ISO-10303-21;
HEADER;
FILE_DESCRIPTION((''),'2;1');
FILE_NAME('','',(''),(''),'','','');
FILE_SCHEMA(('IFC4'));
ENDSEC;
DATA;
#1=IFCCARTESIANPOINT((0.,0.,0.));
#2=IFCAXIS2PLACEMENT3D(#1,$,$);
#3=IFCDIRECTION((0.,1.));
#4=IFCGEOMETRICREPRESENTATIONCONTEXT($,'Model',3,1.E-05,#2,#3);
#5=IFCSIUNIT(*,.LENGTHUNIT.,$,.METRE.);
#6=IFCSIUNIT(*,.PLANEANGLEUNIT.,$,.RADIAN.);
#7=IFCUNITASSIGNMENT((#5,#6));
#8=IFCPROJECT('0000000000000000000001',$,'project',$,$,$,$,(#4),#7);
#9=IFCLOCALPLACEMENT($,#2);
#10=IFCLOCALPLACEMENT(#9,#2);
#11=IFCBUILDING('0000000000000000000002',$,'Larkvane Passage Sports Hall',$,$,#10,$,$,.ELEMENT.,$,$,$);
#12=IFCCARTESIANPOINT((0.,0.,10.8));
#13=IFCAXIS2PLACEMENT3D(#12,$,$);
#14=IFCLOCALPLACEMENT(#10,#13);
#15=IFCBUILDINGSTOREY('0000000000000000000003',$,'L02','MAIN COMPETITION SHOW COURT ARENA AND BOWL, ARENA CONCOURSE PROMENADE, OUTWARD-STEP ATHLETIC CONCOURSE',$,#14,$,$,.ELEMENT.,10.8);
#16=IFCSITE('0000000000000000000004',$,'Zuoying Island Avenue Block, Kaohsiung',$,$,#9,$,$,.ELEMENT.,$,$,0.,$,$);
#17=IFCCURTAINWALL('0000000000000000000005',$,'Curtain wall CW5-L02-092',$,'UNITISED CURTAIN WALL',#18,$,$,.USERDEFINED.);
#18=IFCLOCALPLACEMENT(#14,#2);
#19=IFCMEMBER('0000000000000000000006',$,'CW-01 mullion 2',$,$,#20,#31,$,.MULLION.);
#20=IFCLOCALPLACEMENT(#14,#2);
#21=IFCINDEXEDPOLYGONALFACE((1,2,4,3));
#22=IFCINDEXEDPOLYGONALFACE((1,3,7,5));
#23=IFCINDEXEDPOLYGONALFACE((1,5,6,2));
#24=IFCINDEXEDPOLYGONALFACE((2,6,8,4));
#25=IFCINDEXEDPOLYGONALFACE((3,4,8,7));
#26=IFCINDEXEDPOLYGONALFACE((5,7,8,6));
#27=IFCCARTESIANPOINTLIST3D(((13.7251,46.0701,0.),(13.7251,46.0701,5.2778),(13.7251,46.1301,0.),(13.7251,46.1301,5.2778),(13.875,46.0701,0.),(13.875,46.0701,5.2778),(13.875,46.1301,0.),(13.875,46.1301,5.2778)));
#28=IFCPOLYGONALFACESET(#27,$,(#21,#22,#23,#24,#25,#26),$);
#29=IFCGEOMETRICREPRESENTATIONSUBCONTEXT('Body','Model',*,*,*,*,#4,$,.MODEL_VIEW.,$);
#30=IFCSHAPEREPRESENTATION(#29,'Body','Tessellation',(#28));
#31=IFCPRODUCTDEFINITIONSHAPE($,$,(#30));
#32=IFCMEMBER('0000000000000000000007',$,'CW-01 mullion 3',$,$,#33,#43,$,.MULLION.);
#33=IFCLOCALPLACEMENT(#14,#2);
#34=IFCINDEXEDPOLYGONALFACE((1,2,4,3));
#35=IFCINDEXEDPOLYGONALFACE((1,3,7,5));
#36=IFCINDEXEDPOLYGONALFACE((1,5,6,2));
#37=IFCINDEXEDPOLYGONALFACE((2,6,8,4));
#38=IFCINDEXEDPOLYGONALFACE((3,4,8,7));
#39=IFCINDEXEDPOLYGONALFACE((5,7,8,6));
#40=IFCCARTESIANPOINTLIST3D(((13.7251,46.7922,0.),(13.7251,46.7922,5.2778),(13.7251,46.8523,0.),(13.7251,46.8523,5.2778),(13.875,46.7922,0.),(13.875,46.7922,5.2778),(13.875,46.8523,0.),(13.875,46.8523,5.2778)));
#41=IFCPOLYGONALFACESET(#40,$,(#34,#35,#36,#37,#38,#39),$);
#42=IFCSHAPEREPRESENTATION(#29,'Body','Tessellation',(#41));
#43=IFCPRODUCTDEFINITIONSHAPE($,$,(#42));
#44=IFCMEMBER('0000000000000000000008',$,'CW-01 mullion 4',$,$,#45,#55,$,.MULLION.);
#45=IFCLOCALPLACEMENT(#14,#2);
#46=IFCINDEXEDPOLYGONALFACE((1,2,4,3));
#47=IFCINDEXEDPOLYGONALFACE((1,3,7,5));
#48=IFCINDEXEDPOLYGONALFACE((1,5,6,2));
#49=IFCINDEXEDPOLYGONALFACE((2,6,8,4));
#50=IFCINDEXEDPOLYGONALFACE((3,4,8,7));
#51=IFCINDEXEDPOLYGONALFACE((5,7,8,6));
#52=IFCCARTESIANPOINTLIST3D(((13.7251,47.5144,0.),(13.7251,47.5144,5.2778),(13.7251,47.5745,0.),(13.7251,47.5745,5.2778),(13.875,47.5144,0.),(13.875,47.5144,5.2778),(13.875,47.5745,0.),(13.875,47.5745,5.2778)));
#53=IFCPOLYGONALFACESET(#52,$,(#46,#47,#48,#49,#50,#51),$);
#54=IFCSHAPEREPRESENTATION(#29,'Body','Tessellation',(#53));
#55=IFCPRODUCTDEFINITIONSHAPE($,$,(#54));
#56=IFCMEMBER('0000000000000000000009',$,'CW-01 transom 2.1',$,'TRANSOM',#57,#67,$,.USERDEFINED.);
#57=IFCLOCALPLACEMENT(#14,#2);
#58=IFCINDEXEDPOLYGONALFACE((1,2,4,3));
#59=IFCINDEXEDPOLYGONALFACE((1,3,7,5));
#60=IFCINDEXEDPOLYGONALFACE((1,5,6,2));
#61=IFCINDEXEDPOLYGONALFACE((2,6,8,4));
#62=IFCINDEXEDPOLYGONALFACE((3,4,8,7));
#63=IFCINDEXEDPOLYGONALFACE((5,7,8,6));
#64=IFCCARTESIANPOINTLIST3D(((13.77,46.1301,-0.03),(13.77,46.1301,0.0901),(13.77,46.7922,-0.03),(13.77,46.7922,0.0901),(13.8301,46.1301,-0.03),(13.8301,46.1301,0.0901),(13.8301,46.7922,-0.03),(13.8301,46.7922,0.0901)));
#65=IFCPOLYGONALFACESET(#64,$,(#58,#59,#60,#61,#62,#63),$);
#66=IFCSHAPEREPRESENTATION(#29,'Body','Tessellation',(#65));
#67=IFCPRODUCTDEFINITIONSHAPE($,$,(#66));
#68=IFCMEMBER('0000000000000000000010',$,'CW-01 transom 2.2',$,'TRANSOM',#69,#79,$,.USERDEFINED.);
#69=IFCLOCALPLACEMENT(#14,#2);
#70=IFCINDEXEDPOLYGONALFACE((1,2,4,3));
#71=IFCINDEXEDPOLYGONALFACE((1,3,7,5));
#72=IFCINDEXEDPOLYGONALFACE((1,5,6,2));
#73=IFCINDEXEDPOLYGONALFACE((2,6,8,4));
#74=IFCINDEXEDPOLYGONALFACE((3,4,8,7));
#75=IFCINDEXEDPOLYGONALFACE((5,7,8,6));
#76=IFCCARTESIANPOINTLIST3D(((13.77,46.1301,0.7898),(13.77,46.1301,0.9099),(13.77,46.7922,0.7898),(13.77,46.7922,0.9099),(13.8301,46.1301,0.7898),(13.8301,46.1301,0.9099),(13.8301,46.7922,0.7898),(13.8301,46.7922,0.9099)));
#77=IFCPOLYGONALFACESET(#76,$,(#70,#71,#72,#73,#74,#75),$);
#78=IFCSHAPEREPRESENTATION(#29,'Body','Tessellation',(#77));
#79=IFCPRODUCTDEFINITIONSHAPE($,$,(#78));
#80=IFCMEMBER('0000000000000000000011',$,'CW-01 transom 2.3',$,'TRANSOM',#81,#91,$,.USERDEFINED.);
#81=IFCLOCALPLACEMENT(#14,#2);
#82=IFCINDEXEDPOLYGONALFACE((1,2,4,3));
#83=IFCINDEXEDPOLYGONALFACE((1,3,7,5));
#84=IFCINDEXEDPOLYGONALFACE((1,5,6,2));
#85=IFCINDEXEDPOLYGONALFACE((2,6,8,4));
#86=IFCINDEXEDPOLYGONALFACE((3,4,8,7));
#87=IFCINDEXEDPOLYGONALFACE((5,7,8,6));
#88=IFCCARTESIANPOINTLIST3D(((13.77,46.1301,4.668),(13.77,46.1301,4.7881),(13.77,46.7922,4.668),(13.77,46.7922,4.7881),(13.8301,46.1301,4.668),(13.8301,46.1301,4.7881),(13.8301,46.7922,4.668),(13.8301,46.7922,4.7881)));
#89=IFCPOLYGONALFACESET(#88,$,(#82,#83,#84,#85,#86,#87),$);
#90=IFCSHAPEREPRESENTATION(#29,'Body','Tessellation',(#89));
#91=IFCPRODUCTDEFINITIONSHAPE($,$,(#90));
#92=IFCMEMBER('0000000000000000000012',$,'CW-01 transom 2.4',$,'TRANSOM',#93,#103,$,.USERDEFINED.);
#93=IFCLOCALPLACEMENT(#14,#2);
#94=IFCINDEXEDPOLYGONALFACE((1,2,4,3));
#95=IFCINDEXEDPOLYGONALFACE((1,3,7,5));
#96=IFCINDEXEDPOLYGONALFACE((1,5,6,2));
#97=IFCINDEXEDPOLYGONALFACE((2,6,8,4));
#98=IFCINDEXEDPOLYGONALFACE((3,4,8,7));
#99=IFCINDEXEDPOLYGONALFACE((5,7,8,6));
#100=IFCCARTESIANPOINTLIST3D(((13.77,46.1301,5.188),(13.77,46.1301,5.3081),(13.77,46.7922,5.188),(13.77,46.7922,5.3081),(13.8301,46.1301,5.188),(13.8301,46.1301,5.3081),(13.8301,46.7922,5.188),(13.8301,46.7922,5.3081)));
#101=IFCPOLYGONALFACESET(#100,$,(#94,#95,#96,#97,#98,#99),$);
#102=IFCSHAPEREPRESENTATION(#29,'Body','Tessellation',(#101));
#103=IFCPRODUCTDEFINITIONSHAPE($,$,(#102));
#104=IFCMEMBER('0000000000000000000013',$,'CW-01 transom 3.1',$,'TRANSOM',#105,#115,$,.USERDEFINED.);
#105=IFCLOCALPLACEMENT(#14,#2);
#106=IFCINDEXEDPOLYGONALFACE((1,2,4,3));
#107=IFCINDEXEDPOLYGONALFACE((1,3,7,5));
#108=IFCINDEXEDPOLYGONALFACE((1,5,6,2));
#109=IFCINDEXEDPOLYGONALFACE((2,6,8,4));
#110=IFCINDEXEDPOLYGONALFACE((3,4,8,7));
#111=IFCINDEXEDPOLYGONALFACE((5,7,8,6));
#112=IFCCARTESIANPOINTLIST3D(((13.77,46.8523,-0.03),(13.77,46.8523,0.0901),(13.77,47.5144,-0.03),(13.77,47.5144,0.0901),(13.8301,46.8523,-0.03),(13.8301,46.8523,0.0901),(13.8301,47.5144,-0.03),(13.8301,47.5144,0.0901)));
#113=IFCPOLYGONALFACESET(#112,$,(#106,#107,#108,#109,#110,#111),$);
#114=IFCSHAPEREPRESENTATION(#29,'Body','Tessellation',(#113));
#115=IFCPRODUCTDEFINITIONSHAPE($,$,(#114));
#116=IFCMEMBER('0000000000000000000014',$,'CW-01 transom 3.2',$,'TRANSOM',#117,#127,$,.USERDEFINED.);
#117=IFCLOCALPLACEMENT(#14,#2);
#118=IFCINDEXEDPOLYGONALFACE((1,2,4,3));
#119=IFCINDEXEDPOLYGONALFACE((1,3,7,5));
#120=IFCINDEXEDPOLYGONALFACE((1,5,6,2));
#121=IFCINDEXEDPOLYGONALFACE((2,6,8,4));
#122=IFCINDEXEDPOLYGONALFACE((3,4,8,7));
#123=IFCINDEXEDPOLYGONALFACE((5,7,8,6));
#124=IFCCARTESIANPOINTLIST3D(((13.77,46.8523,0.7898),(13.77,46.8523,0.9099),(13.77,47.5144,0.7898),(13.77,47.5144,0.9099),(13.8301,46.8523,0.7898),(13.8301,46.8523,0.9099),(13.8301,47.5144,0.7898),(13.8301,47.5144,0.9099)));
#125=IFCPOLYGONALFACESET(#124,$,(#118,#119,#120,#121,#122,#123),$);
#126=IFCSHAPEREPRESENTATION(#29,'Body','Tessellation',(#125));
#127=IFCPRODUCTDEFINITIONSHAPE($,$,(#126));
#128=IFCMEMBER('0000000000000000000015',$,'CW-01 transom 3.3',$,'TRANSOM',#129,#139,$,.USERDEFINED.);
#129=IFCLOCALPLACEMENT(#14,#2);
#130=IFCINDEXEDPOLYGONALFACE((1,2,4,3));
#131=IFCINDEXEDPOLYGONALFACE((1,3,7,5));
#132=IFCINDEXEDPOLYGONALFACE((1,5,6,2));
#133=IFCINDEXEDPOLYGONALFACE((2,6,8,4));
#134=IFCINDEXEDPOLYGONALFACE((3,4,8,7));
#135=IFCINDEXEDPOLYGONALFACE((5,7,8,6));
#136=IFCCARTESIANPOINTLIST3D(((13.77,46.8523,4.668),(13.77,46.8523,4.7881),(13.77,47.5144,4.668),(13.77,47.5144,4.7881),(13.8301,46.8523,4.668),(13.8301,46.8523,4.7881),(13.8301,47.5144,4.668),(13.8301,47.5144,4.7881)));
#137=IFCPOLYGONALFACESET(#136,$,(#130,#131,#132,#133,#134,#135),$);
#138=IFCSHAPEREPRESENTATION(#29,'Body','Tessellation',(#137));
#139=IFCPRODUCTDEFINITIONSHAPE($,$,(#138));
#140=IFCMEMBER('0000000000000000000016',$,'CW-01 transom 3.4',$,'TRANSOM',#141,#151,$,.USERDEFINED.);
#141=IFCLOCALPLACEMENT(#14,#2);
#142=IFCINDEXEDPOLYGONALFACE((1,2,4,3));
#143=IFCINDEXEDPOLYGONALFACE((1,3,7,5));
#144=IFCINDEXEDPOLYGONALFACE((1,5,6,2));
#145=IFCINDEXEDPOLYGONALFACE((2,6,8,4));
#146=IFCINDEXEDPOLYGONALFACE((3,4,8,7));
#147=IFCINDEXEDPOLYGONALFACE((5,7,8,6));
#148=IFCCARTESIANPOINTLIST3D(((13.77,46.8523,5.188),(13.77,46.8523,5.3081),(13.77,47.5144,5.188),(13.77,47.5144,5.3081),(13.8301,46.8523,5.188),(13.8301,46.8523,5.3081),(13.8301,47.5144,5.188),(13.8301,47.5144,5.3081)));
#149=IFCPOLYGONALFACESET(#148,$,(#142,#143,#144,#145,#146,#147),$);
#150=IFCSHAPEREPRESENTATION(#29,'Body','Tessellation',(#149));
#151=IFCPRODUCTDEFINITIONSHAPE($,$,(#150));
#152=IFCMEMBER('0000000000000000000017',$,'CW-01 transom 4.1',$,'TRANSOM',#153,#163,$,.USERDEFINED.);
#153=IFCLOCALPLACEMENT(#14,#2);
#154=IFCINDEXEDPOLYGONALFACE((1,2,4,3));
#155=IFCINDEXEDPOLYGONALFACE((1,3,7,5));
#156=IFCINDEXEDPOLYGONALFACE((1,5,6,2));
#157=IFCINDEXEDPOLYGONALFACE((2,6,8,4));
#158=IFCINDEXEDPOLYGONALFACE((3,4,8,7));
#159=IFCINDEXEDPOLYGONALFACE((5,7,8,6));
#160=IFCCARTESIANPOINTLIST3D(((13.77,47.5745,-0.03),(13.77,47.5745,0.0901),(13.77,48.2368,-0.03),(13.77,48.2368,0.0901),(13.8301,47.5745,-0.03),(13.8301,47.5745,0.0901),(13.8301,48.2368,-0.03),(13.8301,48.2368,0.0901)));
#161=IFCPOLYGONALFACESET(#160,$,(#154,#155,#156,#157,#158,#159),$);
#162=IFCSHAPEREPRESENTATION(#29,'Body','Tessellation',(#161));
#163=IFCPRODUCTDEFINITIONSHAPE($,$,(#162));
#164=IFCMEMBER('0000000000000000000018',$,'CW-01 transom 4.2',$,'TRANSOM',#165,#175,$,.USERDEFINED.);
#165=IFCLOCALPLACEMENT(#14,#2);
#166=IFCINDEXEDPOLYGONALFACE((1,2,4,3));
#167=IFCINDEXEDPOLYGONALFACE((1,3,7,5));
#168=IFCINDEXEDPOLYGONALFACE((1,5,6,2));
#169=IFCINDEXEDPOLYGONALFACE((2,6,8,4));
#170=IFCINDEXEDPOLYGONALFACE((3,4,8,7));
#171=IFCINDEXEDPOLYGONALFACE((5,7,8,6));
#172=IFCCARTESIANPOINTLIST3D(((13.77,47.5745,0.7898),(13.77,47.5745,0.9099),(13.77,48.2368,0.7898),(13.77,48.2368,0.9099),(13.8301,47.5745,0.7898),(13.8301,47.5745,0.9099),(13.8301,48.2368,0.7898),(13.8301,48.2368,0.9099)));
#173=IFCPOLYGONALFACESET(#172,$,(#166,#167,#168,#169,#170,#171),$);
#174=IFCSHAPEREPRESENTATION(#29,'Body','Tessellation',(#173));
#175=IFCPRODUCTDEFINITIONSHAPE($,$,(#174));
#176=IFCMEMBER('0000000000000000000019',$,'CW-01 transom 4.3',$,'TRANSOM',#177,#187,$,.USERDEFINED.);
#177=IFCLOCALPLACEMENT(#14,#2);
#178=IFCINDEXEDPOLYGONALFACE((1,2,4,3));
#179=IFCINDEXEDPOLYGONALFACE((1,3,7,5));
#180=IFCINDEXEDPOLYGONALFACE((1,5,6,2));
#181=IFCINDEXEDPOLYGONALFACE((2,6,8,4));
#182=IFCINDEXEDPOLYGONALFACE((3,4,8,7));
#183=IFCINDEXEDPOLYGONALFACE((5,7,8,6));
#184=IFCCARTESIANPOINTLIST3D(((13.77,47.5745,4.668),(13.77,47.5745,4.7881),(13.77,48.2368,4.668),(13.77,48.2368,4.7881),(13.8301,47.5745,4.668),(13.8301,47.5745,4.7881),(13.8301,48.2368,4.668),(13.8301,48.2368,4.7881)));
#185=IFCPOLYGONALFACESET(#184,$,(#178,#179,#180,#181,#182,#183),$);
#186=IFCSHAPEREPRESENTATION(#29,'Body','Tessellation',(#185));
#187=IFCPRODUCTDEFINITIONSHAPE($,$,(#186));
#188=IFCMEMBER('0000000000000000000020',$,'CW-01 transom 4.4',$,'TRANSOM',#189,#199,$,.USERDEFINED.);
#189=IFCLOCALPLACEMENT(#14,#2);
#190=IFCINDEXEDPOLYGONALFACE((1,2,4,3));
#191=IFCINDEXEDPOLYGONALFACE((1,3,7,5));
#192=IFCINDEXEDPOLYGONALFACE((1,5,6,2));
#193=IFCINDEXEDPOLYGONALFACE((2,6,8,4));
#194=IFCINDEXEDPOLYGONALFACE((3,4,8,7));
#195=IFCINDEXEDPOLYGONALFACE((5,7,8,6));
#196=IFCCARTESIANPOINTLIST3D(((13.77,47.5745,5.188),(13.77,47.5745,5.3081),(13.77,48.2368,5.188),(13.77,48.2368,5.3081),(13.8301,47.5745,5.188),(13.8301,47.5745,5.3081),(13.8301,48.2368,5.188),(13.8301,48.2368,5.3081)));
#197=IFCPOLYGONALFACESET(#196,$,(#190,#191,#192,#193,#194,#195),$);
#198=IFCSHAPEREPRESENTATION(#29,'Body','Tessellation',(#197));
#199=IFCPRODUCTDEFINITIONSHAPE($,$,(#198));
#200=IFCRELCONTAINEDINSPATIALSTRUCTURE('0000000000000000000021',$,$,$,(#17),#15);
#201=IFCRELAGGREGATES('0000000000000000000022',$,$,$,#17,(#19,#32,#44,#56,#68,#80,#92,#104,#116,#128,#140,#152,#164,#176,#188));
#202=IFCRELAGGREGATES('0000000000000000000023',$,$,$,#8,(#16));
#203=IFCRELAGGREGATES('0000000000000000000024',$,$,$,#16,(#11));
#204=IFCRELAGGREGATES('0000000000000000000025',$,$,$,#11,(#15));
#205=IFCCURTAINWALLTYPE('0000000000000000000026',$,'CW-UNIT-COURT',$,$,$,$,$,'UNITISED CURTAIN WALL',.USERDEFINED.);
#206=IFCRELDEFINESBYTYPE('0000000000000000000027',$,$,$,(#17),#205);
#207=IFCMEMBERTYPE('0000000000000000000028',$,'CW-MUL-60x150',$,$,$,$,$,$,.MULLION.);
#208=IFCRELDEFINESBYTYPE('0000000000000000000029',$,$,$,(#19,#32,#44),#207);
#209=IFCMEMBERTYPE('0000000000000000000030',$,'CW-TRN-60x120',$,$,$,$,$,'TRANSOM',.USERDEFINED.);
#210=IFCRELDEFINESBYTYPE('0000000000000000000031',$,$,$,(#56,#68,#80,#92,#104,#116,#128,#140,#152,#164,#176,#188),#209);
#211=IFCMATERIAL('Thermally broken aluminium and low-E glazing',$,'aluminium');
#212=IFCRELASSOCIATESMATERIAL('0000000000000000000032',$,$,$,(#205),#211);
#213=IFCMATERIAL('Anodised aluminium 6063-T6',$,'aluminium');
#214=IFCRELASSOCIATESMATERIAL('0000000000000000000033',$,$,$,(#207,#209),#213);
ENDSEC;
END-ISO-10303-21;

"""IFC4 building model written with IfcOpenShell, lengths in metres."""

from ifc_helpers import new_model, si_unit, direction, frame, origin, origin_2d, place, context, subcontext, project, spatial, rectangle, extrude, material, material_profile, profile_set, type_object, element, aggregate, save


model = new_model("IFC4")

# Units and contexts
model_context = context("Model", 3, precision=1e-05, world=origin(), true_north=direction((0.0, 1.0)))
body_context = subcontext(model_context, "Body", "Model", "MODEL_VIEW")
ifc_project = project(units=[si_unit("LENGTHUNIT", "METRE"), si_unit("PLANEANGLEUNIT", "RADIAN")], contexts=[model_context])

# Site, building, storey
site_placement = place(None, origin())
site = spatial("IfcSite", under=ifc_project, at=site_placement, Name="Zuoying Island Avenue Block, Kaohsiung", CompositionType="ELEMENT", RefElevation=0.0)
building_placement = place(site_placement, origin())
building = spatial("IfcBuilding", under=site, at=building_placement, Name="Larkvane Passage Sports Hall", CompositionType="ELEMENT")
storey_placement = place(building_placement, frame((0.0, 0.0, 10.8)))
storey = spatial("IfcBuildingStorey", under=building, at=storey_placement, Name="L02", Description="MAIN COMPETITION SHOW COURT ARENA AND BOWL, ARENA CONCOURSE PROMENADE, OUTWARD-STEP ATHLETIC CONCOURSE", CompositionType="ELEMENT", Elevation=10.8)

# Curtain wall, members
ifc_material_1 = material(Name="Thermally broken aluminium and low-E glazing", Category="aluminium")
curtain_wall_type = type_object("IfcCurtainWallType", Name="CW-UNIT-COURT", ElementType="UNITISED CURTAIN WALL", PredefinedType="USERDEFINED", material=ifc_material_1)
curtain_wall_placement = place(storey_placement, origin())
curtain_wall = element("IfcCurtainWall", 1, at=curtain_wall_placement, inside=storey, type_object=curtain_wall_type, Name="Curtain wall CW5-L02-092", ObjectType="UNITISED CURTAIN WALL", PredefinedType="USERDEFINED")
ifc_material_2 = material(Name="Anodised aluminium 6063-T6", Category="aluminium")
ifc_material_profile_1 = material_profile(ifc_material_2, rectangle(XDim=0.0601, YDim=0.1499, at=origin_2d()), Name="ALU-MUL-60x150")
ifc_profile_set_1 = profile_set([ifc_material_profile_1], Name="Anodised aluminium 6063-T6")
member_type_1 = type_object("IfcMemberType", Name="CW-MUL-60x150", PredefinedType="MULLION", material=ifc_profile_set_1)
member_1_placement = place(storey_placement, frame((13.8, 46.1001, 0.0), z_axis=(0.0, 0.0, 1.0), x_axis=(0.0, 1.0, 0.0)))
member_1 = element("IfcMember", 2, at=member_1_placement, type_object=member_type_1, Name="CW-01 mullion 2", PredefinedType="MULLION", context=body_context, shape_type="SweptSolid", body=[
    extrude(rectangle(XDim=0.0601, YDim=0.1499, at=origin_2d()), origin(), (0.0, 0.0, 1.0), 5.2778),
])
member_2_placement = place(storey_placement, frame((13.8, 46.8223, 0.0), z_axis=(0.0, 0.0, 1.0), x_axis=(0.0, 1.0, 0.0)))
member_2 = element("IfcMember", 3, at=member_2_placement, type_object=member_type_1, Name="CW-01 mullion 3", PredefinedType="MULLION", context=body_context, shape_type="SweptSolid", body=[
    extrude(rectangle(XDim=0.0601, YDim=0.1499, at=origin_2d()), origin(), (0.0, 0.0, 1.0), 5.2778),
])
member_3_placement = place(storey_placement, frame((13.8, 47.5444, 0.0), z_axis=(0.0, 0.0, 1.0), x_axis=(0.0, 1.0, 0.0)))
member_3 = element("IfcMember", 4, at=member_3_placement, type_object=member_type_1, Name="CW-01 mullion 4", PredefinedType="MULLION", context=body_context, shape_type="SweptSolid", body=[
    extrude(rectangle(XDim=0.0601, YDim=0.1499, at=origin_2d()), origin(), (0.0, 0.0, 1.0), 5.2778),
])
ifc_material_profile_2 = material_profile(ifc_material_2, rectangle(XDim=0.0601, YDim=0.1201, at=origin_2d()), Name="ALU-TRN-60x120")
ifc_profile_set_2 = profile_set([ifc_material_profile_2], Name="Anodised aluminium 6063-T6")
member_type_2 = type_object("IfcMemberType", Name="CW-TRN-60x120", ElementType="TRANSOM", PredefinedType="USERDEFINED", material=ifc_profile_set_2)
member_4_placement = place(storey_placement, frame((13.8, 46.1301, 0.03), z_axis=(0.0, 1.0, 0.0), x_axis=(-1.0, 0.0, 0.0)))
member_4 = element("IfcMember", 5, at=member_4_placement, type_object=member_type_2, Name="CW-01 transom 2.1", ObjectType="TRANSOM", PredefinedType="USERDEFINED", context=body_context, shape_type="SweptSolid", body=[
    extrude(rectangle(XDim=0.0601, YDim=0.1201, at=origin_2d()), origin(), (0.0, 0.0, 1.0), 0.6621),
])
member_5_placement = place(storey_placement, frame((13.8, 46.1301, 0.8499), z_axis=(0.0, 1.0, 0.0), x_axis=(-1.0, 0.0, 0.0)))
member_5 = element("IfcMember", 6, at=member_5_placement, type_object=member_type_2, Name="CW-01 transom 2.2", ObjectType="TRANSOM", PredefinedType="USERDEFINED", context=body_context, shape_type="SweptSolid", body=[
    extrude(rectangle(XDim=0.0601, YDim=0.1201, at=origin_2d()), origin(), (0.0, 0.0, 1.0), 0.6621),
])
member_6_placement = place(storey_placement, frame((13.8, 46.1301, 4.728), z_axis=(0.0, 1.0, 0.0), x_axis=(-1.0, 0.0, 0.0)))
member_6 = element("IfcMember", 7, at=member_6_placement, type_object=member_type_2, Name="CW-01 transom 2.3", ObjectType="TRANSOM", PredefinedType="USERDEFINED", context=body_context, shape_type="SweptSolid", body=[
    extrude(rectangle(XDim=0.0601, YDim=0.1201, at=origin_2d()), origin(), (0.0, 0.0, 1.0), 0.6621),
])
member_7_placement = place(storey_placement, frame((13.8, 46.1301, 5.248), z_axis=(0.0, 1.0, 0.0), x_axis=(-1.0, 0.0, 0.0)))
member_7 = element("IfcMember", 8, at=member_7_placement, type_object=member_type_2, Name="CW-01 transom 2.4", ObjectType="TRANSOM", PredefinedType="USERDEFINED", context=body_context, shape_type="SweptSolid", body=[
    extrude(rectangle(XDim=0.0601, YDim=0.1201, at=origin_2d()), origin(), (0.0, 0.0, 1.0), 0.6621),
])
member_8_placement = place(storey_placement, frame((13.8, 46.8523, 0.03), z_axis=(0.0, 1.0, 0.0), x_axis=(-1.0, 0.0, 0.0)))
member_8 = element("IfcMember", 9, at=member_8_placement, type_object=member_type_2, Name="CW-01 transom 3.1", ObjectType="TRANSOM", PredefinedType="USERDEFINED", context=body_context, shape_type="SweptSolid", body=[
    extrude(rectangle(XDim=0.0601, YDim=0.1201, at=origin_2d()), origin(), (0.0, 0.0, 1.0), 0.6621),
])
member_9_placement = place(storey_placement, frame((13.8, 46.8523, 0.8499), z_axis=(0.0, 1.0, 0.0), x_axis=(-1.0, 0.0, 0.0)))
member_9 = element("IfcMember", 10, at=member_9_placement, type_object=member_type_2, Name="CW-01 transom 3.2", ObjectType="TRANSOM", PredefinedType="USERDEFINED", context=body_context, shape_type="SweptSolid", body=[
    extrude(rectangle(XDim=0.0601, YDim=0.1201, at=origin_2d()), origin(), (0.0, 0.0, 1.0), 0.6621),
])
member_10_placement = place(storey_placement, frame((13.8, 46.8523, 4.728), z_axis=(0.0, 1.0, 0.0), x_axis=(-1.0, 0.0, 0.0)))
member_10 = element("IfcMember", 11, at=member_10_placement, type_object=member_type_2, Name="CW-01 transom 3.3", ObjectType="TRANSOM", PredefinedType="USERDEFINED", context=body_context, shape_type="SweptSolid", body=[
    extrude(rectangle(XDim=0.0601, YDim=0.1201, at=origin_2d()), origin(), (0.0, 0.0, 1.0), 0.6621),
])
member_11_placement = place(storey_placement, frame((13.8, 46.8523, 5.248), z_axis=(0.0, 1.0, 0.0), x_axis=(-1.0, 0.0, 0.0)))
member_11 = element("IfcMember", 12, at=member_11_placement, type_object=member_type_2, Name="CW-01 transom 3.4", ObjectType="TRANSOM", PredefinedType="USERDEFINED", context=body_context, shape_type="SweptSolid", body=[
    extrude(rectangle(XDim=0.0601, YDim=0.1201, at=origin_2d()), origin(), (0.0, 0.0, 1.0), 0.6621),
])
member_12_placement = place(storey_placement, frame((13.8, 47.5745, 0.03), z_axis=(0.0, 1.0, 0.0), x_axis=(-1.0, 0.0, 0.0)))
member_12 = element("IfcMember", 13, at=member_12_placement, type_object=member_type_2, Name="CW-01 transom 4.1", ObjectType="TRANSOM", PredefinedType="USERDEFINED", context=body_context, shape_type="SweptSolid", body=[
    extrude(rectangle(XDim=0.0601, YDim=0.1201, at=origin_2d()), origin(), (0.0, 0.0, 1.0), 0.6624),
])
member_13_placement = place(storey_placement, frame((13.8, 47.5745, 0.8499), z_axis=(0.0, 1.0, 0.0), x_axis=(-1.0, 0.0, 0.0)))
member_13 = element("IfcMember", 14, at=member_13_placement, type_object=member_type_2, Name="CW-01 transom 4.2", ObjectType="TRANSOM", PredefinedType="USERDEFINED", context=body_context, shape_type="SweptSolid", body=[
    extrude(rectangle(XDim=0.0601, YDim=0.1201, at=origin_2d()), origin(), (0.0, 0.0, 1.0), 0.6624),
])
member_14_placement = place(storey_placement, frame((13.8, 47.5745, 4.728), z_axis=(0.0, 1.0, 0.0), x_axis=(-1.0, 0.0, 0.0)))
member_14 = element("IfcMember", 15, at=member_14_placement, type_object=member_type_2, Name="CW-01 transom 4.3", ObjectType="TRANSOM", PredefinedType="USERDEFINED", context=body_context, shape_type="SweptSolid", body=[
    extrude(rectangle(XDim=0.0601, YDim=0.1201, at=origin_2d()), origin(), (0.0, 0.0, 1.0), 0.6624),
])
member_15_placement = place(storey_placement, frame((13.8, 47.5745, 5.248), z_axis=(0.0, 1.0, 0.0), x_axis=(-1.0, 0.0, 0.0)))
member_15 = element("IfcMember", 16, at=member_15_placement, type_object=member_type_2, Name="CW-01 transom 4.4", ObjectType="TRANSOM", PredefinedType="USERDEFINED", context=body_context, shape_type="SweptSolid", body=[
    extrude(rectangle(XDim=0.0601, YDim=0.1201, at=origin_2d()), origin(), (0.0, 0.0, 1.0), 0.6624),
])
aggregate(curtain_wall, [member_1, member_2, member_3, member_4, member_5, member_6, member_7, member_8, member_9, member_10, member_11, member_12, member_13, member_14, member_15])

save(model, "model.ifc")
